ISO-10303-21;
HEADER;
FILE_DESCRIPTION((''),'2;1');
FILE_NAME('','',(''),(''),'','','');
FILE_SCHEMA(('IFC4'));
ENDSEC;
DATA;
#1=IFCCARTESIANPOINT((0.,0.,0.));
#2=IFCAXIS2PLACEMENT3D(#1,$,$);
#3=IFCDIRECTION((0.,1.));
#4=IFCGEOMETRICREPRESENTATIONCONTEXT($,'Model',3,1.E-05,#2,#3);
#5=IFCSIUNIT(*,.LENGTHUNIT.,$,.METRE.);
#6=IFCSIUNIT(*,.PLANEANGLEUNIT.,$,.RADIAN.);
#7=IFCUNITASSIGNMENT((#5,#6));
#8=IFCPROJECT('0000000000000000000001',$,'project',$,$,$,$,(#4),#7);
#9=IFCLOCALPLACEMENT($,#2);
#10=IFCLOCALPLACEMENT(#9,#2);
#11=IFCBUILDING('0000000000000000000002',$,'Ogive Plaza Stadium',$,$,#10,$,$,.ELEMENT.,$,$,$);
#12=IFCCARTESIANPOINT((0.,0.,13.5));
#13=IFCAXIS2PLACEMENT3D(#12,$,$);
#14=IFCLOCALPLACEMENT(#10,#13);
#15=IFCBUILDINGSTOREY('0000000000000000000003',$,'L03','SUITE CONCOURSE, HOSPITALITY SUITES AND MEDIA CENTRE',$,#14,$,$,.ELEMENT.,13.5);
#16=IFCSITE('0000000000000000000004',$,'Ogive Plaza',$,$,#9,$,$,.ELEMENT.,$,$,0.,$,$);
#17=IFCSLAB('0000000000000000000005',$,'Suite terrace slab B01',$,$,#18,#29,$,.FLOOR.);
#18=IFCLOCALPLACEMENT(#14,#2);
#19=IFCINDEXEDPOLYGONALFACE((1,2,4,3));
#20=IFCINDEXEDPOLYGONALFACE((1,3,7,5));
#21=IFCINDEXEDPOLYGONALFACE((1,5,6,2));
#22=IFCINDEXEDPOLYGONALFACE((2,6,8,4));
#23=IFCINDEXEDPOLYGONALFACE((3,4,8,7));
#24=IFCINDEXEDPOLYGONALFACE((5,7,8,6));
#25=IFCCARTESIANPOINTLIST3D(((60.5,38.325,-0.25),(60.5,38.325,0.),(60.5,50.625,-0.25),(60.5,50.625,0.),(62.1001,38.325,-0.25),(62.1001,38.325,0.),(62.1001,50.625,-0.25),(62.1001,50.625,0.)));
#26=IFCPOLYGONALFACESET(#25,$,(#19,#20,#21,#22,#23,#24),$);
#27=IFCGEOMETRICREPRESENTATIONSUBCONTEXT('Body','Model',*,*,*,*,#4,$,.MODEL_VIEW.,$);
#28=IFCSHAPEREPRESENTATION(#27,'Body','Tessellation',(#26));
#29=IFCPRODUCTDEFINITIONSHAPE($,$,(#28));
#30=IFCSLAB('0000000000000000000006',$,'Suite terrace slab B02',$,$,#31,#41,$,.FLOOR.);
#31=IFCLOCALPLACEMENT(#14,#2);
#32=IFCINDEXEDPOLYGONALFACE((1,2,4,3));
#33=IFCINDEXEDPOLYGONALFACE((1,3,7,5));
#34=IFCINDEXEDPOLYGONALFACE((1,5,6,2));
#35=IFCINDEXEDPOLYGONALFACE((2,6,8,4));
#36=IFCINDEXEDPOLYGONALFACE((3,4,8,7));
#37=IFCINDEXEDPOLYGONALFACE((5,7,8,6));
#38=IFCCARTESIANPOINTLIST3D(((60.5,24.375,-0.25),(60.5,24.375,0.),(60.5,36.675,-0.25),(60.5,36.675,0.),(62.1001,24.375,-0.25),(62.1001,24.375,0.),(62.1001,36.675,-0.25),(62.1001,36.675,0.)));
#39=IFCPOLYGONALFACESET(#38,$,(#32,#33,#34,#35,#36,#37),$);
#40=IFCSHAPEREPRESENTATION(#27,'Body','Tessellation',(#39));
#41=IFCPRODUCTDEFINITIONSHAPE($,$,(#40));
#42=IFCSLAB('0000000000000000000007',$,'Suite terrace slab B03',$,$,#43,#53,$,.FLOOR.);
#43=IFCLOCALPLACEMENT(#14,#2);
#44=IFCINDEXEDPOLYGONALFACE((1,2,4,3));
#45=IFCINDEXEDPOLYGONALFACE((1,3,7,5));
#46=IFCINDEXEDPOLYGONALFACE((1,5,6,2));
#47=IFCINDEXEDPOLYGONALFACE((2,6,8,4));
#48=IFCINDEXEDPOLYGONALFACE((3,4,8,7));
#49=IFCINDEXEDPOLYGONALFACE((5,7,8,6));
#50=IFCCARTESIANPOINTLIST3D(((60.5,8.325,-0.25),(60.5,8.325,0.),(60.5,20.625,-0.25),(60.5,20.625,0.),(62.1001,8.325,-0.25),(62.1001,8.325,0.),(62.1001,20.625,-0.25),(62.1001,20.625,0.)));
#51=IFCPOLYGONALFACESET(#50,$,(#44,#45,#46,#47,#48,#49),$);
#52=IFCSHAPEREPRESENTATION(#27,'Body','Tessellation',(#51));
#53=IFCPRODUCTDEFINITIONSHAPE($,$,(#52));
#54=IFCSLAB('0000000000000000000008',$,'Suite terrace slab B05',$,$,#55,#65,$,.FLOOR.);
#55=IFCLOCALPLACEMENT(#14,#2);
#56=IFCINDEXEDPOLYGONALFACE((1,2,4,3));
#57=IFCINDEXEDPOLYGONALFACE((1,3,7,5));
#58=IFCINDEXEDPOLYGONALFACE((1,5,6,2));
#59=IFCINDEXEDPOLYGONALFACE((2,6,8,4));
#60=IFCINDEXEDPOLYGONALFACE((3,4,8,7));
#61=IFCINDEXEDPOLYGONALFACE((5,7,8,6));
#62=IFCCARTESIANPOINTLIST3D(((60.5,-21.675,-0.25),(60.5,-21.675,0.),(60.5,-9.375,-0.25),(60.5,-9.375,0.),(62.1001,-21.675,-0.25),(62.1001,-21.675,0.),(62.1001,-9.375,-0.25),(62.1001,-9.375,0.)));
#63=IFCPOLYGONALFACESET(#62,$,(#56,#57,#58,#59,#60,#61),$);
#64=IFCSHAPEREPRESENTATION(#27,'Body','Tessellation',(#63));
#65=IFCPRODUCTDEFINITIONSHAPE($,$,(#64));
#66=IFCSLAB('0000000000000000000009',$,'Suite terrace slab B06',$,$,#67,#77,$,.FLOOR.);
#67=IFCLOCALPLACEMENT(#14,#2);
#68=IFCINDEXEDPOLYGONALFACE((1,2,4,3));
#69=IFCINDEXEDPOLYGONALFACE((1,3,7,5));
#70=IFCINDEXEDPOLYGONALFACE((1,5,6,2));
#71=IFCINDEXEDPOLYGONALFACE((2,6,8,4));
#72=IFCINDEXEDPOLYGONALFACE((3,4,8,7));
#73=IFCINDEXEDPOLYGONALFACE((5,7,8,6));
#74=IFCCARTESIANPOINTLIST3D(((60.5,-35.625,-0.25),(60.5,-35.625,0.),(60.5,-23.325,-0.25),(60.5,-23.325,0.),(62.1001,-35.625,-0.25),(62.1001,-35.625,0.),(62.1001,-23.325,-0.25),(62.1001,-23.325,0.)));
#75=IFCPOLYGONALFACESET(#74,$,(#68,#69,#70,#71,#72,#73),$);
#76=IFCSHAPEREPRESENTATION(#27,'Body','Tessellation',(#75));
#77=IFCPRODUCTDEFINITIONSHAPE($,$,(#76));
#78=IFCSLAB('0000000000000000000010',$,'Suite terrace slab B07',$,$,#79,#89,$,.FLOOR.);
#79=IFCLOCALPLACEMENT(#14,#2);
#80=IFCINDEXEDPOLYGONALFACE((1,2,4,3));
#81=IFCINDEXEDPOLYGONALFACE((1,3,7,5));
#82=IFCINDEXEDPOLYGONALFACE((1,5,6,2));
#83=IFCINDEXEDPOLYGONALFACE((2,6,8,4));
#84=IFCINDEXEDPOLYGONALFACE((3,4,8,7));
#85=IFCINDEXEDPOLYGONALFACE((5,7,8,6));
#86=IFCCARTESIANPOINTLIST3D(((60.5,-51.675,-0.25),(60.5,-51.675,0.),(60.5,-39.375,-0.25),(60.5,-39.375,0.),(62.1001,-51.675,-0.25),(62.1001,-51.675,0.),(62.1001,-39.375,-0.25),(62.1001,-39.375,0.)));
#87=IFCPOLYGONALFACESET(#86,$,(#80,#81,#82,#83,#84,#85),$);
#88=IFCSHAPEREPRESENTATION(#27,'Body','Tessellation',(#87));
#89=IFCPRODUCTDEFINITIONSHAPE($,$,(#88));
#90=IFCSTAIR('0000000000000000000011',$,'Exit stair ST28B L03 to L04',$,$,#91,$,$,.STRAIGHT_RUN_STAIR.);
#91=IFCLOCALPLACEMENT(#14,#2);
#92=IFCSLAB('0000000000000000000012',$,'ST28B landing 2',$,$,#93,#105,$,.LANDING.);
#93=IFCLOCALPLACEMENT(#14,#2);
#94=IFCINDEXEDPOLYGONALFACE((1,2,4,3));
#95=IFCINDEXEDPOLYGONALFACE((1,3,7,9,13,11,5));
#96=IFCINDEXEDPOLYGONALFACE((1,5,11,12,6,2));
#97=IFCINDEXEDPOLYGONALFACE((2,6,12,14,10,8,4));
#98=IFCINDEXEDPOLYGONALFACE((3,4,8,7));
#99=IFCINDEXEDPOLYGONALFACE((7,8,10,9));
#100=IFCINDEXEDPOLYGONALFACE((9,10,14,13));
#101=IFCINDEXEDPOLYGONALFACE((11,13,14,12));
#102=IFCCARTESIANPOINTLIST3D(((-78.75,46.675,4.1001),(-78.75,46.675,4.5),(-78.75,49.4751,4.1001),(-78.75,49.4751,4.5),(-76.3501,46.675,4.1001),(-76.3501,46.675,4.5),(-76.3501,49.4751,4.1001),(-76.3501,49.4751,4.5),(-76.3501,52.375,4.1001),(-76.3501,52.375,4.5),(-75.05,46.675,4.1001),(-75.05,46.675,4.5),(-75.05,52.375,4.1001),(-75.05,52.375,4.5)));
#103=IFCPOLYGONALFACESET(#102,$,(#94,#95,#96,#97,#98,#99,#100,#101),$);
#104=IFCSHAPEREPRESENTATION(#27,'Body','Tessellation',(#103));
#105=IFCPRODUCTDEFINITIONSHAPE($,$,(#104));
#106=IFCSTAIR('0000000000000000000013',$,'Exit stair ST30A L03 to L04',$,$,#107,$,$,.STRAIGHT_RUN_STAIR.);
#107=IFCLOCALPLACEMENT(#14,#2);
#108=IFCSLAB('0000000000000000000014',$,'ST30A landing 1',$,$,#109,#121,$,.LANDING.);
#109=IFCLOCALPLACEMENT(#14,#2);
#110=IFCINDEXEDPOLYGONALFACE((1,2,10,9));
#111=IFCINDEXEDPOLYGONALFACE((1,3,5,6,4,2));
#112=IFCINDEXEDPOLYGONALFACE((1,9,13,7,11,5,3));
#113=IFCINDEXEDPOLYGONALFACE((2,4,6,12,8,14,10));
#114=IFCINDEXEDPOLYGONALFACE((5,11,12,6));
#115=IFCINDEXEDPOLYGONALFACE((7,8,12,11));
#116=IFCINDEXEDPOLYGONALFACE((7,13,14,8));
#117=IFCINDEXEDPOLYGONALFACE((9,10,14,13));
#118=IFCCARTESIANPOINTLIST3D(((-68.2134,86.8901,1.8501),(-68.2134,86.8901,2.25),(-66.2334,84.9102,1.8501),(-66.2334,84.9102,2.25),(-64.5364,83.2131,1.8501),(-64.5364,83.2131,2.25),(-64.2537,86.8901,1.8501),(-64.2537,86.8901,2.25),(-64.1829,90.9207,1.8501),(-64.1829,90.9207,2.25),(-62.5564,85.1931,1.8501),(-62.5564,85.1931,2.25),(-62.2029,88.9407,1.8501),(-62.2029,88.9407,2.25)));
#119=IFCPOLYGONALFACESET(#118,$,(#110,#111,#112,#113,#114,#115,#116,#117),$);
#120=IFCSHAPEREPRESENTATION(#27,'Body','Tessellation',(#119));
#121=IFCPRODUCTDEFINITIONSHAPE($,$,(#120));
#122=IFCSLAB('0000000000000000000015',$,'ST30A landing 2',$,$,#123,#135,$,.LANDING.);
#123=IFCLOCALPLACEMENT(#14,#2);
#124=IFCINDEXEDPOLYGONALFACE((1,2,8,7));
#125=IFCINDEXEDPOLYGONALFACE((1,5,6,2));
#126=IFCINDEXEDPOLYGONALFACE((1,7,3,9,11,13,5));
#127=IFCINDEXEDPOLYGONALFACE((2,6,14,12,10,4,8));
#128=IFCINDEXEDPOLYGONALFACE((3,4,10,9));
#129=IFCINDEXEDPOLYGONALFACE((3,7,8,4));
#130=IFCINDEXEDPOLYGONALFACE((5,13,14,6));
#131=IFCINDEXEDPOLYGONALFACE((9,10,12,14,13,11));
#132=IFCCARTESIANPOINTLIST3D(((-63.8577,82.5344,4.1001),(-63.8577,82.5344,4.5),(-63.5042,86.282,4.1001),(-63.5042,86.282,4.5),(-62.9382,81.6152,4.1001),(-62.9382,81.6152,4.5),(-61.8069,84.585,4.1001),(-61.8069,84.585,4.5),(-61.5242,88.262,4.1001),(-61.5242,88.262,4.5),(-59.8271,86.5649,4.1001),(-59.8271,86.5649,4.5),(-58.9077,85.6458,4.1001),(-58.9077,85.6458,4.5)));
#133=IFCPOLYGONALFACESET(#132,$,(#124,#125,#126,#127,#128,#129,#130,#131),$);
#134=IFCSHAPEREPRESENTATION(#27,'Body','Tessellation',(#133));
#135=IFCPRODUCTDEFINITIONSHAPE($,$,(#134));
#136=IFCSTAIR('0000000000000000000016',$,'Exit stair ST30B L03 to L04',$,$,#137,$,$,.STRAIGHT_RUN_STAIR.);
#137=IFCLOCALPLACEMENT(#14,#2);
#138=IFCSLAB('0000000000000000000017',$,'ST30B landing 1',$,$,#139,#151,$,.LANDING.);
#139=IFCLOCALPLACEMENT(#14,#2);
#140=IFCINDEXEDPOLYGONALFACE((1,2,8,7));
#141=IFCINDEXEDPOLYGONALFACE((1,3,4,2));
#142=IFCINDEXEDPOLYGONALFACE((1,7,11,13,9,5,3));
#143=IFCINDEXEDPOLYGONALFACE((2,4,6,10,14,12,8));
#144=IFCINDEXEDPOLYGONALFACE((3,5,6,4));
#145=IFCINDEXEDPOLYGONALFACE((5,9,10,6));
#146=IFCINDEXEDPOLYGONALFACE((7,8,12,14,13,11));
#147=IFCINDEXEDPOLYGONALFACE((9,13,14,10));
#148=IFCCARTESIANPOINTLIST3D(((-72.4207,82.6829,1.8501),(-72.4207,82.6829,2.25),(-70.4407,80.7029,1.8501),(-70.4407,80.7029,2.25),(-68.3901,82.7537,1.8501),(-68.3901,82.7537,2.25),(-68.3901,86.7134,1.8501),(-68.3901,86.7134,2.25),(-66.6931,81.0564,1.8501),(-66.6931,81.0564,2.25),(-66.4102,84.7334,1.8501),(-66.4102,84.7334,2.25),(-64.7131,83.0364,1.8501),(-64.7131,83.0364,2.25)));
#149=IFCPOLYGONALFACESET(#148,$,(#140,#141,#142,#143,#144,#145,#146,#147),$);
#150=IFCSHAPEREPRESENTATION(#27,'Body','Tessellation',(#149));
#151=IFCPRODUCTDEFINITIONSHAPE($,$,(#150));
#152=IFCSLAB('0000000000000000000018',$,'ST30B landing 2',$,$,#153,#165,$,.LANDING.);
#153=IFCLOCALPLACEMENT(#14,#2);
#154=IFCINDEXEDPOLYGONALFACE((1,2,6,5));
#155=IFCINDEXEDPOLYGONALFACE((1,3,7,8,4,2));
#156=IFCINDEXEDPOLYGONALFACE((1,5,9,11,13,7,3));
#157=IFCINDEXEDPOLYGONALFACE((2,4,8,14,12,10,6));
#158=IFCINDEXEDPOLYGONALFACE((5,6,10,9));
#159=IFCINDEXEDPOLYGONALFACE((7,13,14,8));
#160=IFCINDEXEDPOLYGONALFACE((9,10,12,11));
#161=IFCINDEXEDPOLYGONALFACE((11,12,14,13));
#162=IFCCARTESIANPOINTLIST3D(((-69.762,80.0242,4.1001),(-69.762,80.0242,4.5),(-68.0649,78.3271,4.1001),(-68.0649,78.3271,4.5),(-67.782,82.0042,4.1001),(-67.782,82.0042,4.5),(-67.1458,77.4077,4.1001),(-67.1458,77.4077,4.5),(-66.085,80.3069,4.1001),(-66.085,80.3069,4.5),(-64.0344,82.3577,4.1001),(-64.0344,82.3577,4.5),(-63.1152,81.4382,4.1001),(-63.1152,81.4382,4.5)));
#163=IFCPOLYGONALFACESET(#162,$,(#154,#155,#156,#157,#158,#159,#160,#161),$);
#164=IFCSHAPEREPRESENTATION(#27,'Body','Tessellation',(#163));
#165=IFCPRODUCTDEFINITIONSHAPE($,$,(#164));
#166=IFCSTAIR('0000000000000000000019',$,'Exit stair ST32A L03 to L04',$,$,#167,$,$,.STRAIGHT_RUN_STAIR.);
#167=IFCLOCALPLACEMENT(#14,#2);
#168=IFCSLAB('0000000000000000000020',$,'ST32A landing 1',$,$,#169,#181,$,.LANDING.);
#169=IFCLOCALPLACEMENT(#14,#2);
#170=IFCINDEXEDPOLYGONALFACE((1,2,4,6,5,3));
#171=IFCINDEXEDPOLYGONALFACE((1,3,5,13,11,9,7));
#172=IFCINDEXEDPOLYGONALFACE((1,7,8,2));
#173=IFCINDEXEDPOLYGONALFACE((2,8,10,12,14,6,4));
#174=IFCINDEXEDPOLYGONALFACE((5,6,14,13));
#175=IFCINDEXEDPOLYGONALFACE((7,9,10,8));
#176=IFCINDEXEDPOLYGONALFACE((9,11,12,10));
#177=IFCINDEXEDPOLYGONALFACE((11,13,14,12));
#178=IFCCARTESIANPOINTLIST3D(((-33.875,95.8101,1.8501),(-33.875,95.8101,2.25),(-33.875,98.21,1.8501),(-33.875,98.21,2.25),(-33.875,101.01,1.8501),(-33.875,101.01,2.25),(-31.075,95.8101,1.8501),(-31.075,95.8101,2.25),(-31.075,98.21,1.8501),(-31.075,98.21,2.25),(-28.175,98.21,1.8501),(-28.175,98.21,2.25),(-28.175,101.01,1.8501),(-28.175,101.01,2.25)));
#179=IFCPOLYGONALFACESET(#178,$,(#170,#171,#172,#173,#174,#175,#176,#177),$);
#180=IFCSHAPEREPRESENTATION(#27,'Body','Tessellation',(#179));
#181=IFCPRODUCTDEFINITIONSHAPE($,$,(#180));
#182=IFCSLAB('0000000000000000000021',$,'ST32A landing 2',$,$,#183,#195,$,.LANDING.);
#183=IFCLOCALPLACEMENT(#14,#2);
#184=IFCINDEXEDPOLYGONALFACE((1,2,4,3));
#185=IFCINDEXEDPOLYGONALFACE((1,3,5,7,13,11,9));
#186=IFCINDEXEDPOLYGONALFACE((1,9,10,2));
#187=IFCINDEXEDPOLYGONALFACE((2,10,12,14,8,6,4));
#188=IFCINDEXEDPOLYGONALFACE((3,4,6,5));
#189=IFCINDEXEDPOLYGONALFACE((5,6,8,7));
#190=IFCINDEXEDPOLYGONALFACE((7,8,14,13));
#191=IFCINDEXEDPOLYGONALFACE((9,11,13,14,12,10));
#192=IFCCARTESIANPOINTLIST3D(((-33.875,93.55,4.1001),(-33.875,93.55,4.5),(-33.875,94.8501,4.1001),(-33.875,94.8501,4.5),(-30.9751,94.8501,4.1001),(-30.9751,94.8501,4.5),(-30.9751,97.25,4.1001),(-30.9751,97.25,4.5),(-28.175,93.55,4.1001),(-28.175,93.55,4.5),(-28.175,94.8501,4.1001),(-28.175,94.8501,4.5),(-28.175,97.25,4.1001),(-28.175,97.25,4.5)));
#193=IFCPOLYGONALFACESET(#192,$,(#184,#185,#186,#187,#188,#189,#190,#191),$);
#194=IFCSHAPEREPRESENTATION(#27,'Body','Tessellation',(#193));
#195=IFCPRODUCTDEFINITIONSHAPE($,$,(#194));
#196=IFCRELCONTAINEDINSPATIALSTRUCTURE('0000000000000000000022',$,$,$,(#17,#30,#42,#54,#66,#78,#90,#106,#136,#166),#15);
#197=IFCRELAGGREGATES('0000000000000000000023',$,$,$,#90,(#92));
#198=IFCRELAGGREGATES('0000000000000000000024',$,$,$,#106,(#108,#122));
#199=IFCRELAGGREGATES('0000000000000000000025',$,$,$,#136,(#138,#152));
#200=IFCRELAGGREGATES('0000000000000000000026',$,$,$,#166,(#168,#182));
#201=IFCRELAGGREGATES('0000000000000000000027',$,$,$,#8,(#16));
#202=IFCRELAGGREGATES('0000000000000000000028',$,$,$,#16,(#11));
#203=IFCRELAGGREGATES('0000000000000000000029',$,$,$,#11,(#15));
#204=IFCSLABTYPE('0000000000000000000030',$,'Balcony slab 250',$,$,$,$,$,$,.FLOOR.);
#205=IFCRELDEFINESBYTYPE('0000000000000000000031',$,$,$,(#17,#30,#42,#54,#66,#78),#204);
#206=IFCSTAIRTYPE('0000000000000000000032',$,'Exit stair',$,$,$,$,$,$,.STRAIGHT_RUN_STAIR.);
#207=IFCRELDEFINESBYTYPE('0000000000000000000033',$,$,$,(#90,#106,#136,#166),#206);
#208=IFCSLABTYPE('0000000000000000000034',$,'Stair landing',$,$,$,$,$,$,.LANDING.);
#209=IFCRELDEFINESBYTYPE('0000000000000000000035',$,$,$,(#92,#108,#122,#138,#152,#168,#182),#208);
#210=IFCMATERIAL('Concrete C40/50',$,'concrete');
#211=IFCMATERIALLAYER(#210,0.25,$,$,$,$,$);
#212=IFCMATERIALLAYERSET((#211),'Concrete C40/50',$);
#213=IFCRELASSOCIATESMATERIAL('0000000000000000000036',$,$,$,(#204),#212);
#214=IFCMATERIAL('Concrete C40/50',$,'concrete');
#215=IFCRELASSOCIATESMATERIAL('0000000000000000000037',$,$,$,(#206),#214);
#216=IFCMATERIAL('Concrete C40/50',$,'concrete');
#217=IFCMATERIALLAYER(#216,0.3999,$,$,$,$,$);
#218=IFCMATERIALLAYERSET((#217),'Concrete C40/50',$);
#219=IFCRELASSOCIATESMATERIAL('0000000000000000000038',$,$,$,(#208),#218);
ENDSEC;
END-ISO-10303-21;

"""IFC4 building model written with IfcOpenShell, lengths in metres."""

from ifc_helpers import new_model, si_unit, direction, frame, origin, place, context, subcontext, project, spatial, polyline, outline, extrude, material, layer, layer_set, type_object, element, aggregate, save


model = new_model("IFC4")

# Units and contexts
model_context = context("Model", 3, precision=1e-05, world=origin(), true_north=direction((0.0, 1.0)))
body_context = subcontext(model_context, "Body", "Model", "MODEL_VIEW")
ifc_project = project(units=[si_unit("LENGTHUNIT", "METRE"), si_unit("PLANEANGLEUNIT", "RADIAN")], contexts=[model_context])

# Site, building, storey
site_placement = place(None, origin())
site = spatial("IfcSite", under=ifc_project, at=site_placement, Name="Ogive Plaza", CompositionType="ELEMENT", RefElevation=0.0)
building_placement = place(site_placement, origin())
building = spatial("IfcBuilding", under=site, at=building_placement, Name="Ogive Plaza Stadium", CompositionType="ELEMENT")
storey_placement = place(building_placement, frame((0.0, 0.0, 13.5)))
storey = spatial("IfcBuildingStorey", under=building, at=storey_placement, Name="L03", Description="SUITE CONCOURSE, HOSPITALITY SUITES AND MEDIA CENTRE", CompositionType="ELEMENT", Elevation=13.5)

# Slabs
ifc_material_1 = material(Name="Concrete C40/50", Category="concrete")
ifc_layer_1 = layer(ifc_material_1, 0.25)
ifc_layer_set_1 = layer_set([ifc_layer_1], Name="Concrete C40/50")
slab_type_1 = type_object("IfcSlabType", Name="Balcony slab 250", PredefinedType="FLOOR", material=ifc_layer_set_1)
slab_1_placement = place(storey_placement, frame((0.0, 0.0, -0.25)))
element("IfcSlab", 1, at=slab_1_placement, inside=storey, type_object=slab_type_1, Name="Suite terrace slab B01", PredefinedType="FLOOR", context=body_context, shape_type="SweptSolid", body=[
    extrude(outline(polyline([(60.5, 38.325), (62.1001, 38.325), (62.1001, 50.625), (60.5, 50.625), (60.5, 38.325)])), origin(), (0.0, 0.0, 1.0), 0.25),
])
slab_2_placement = place(storey_placement, frame((0.0, 0.0, -0.25)))
element("IfcSlab", 2, at=slab_2_placement, inside=storey, type_object=slab_type_1, Name="Suite terrace slab B02", PredefinedType="FLOOR", context=body_context, shape_type="SweptSolid", body=[
    extrude(outline(polyline([(60.5, 24.375), (62.1001, 24.375), (62.1001, 36.675), (60.5, 36.675), (60.5, 24.375)])), origin(), (0.0, 0.0, 1.0), 0.25),
])
slab_3_placement = place(storey_placement, frame((0.0, 0.0, -0.25)))
element("IfcSlab", 3, at=slab_3_placement, inside=storey, type_object=slab_type_1, Name="Suite terrace slab B03", PredefinedType="FLOOR", context=body_context, shape_type="SweptSolid", body=[
    extrude(outline(polyline([(60.5, 8.325), (62.1001, 8.325), (62.1001, 20.625), (60.5, 20.625), (60.5, 8.325)])), origin(), (0.0, 0.0, 1.0), 0.25),
])
slab_4_placement = place(storey_placement, frame((0.0, 0.0, -0.25)))
element("IfcSlab", 4, at=slab_4_placement, inside=storey, type_object=slab_type_1, Name="Suite terrace slab B05", PredefinedType="FLOOR", context=body_context, shape_type="SweptSolid", body=[
    extrude(outline(polyline([(60.5, -21.675), (62.1001, -21.675), (62.1001, -9.375), (60.5, -9.375), (60.5, -21.675)])), origin(), (0.0, 0.0, 1.0), 0.25),
])
slab_5_placement = place(storey_placement, frame((0.0, 0.0, -0.25)))
element("IfcSlab", 5, at=slab_5_placement, inside=storey, type_object=slab_type_1, Name="Suite terrace slab B06", PredefinedType="FLOOR", context=body_context, shape_type="SweptSolid", body=[
    extrude(outline(polyline([(60.5, -35.625), (62.1001, -35.625), (62.1001, -23.325), (60.5, -23.325), (60.5, -35.625)])), origin(), (0.0, 0.0, 1.0), 0.25),
])
slab_6_placement = place(storey_placement, frame((0.0, 0.0, -0.25)))
element("IfcSlab", 6, at=slab_6_placement, inside=storey, type_object=slab_type_1, Name="Suite terrace slab B07", PredefinedType="FLOOR", context=body_context, shape_type="SweptSolid", body=[
    extrude(outline(polyline([(60.5, -51.675), (62.1001, -51.675), (62.1001, -39.375), (60.5, -39.375), (60.5, -51.675)])), origin(), (0.0, 0.0, 1.0), 0.25),
])

# Stair, slab
ifc_material_2 = material(Name="Concrete C40/50", Category="concrete")
stair_type = type_object("IfcStairType", Name="Exit stair", PredefinedType="STRAIGHT_RUN_STAIR", material=ifc_material_2)
stair_1_placement = place(storey_placement, origin())
stair_1 = element("IfcStair", 7, at=stair_1_placement, inside=storey, type_object=stair_type, Name="Exit stair ST28B L03 to L04", PredefinedType="STRAIGHT_RUN_STAIR")
ifc_material_3 = material(Name="Concrete C40/50", Category="concrete")
ifc_layer_2 = layer(ifc_material_3, 0.3999)
ifc_layer_set_2 = layer_set([ifc_layer_2], Name="Concrete C40/50")
slab_type_2 = type_object("IfcSlabType", Name="Stair landing", PredefinedType="LANDING", material=ifc_layer_set_2)
slab_7_placement = place(storey_placement, frame((0.0, 0.0, 4.1001)))
slab_7 = element("IfcSlab", 8, at=slab_7_placement, type_object=slab_type_2, Name="ST28B landing 2", PredefinedType="LANDING", context=body_context, shape_type="SweptSolid", body=[
    extrude(outline(polyline([(-76.3501, 52.375), (-75.05, 52.375), (-75.05, 46.675), (-76.3501, 46.675), (-78.75, 46.675), (-78.75, 49.4751), (-76.3501, 49.4751), (-76.3501, 52.375)])), origin(), (0.0, 0.0, 1.0), 0.3999),
])
aggregate(stair_1, [slab_7])

# Stairs, slabs
stair_2_placement = place(storey_placement, origin())
stair_2 = element("IfcStair", 9, at=stair_2_placement, inside=storey, type_object=stair_type, Name="Exit stair ST30A L03 to L04", PredefinedType="STRAIGHT_RUN_STAIR")
slab_8_placement = place(storey_placement, frame((0.0, 0.0, 1.8501)))
slab_8 = element("IfcSlab", 10, at=slab_8_placement, type_object=slab_type_2, Name="ST30A landing 1", PredefinedType="LANDING", context=body_context, shape_type="SweptSolid", body=[
    extrude(outline(polyline([(-68.2134, 86.8901), (-64.1829, 90.9207), (-62.2029, 88.9407), (-64.2537, 86.8901), (-62.5564, 85.1931), (-64.5364, 83.2131), (-66.2334, 84.9102), (-68.2134, 86.8901)])), origin(), (0.0, 0.0, 1.0), 0.3999),
])
slab_9_placement = place(storey_placement, frame((0.0, 0.0, 4.1001)))
slab_9 = element("IfcSlab", 11, at=slab_9_placement, type_object=slab_type_2, Name="ST30A landing 2", PredefinedType="LANDING", context=body_context, shape_type="SweptSolid", body=[
    extrude(outline(polyline([(-63.5042, 86.282), (-61.5242, 88.262), (-59.8271, 86.5649), (-58.9077, 85.6458), (-62.9382, 81.6152), (-63.8577, 82.5344), (-61.8069, 84.585), (-63.5042, 86.282)])), origin(), (0.0, 0.0, 1.0), 0.3999),
])
aggregate(stair_2, [slab_8, slab_9])
stair_3_placement = place(storey_placement, origin())
stair_3 = element("IfcStair", 12, at=stair_3_placement, inside=storey, type_object=stair_type, Name="Exit stair ST30B L03 to L04", PredefinedType="STRAIGHT_RUN_STAIR")
slab_10_placement = place(storey_placement, frame((0.0, 0.0, 1.8501)))
slab_10 = element("IfcSlab", 13, at=slab_10_placement, type_object=slab_type_2, Name="ST30B landing 1", PredefinedType="LANDING", context=body_context, shape_type="SweptSolid", body=[
    extrude(outline(polyline([(-64.7131, 83.0364), (-66.6931, 81.0564), (-68.3901, 82.7537), (-70.4407, 80.7029), (-72.4207, 82.6829), (-68.3901, 86.7134), (-66.4102, 84.7334), (-64.7131, 83.0364)])), origin(), (0.0, 0.0, 1.0), 0.3999),
])
slab_11_placement = place(storey_placement, frame((0.0, 0.0, 4.1001)))
slab_11 = element("IfcSlab", 14, at=slab_11_placement, type_object=slab_type_2, Name="ST30B landing 2", PredefinedType="LANDING", context=body_context, shape_type="SweptSolid", body=[
    extrude(outline(polyline([(-64.0344, 82.3577), (-63.1152, 81.4382), (-67.1458, 77.4077), (-68.0649, 78.3271), (-69.762, 80.0242), (-67.782, 82.0042), (-66.085, 80.3069), (-64.0344, 82.3577)])), origin(), (0.0, 0.0, 1.0), 0.3999),
])
aggregate(stair_3, [slab_10, slab_11])
stair_4_placement = place(storey_placement, origin())
stair_4 = element("IfcStair", 15, at=stair_4_placement, inside=storey, type_object=stair_type, Name="Exit stair ST32A L03 to L04", PredefinedType="STRAIGHT_RUN_STAIR")
slab_12_placement = place(storey_placement, frame((0.0, 0.0, 1.8501)))
slab_12 = element("IfcSlab", 16, at=slab_12_placement, type_object=slab_type_2, Name="ST32A landing 1", PredefinedType="LANDING", context=body_context, shape_type="SweptSolid", body=[
    extrude(outline(polyline([(-33.875, 101.01), (-28.175, 101.01), (-28.175, 98.21), (-31.075, 98.21), (-31.075, 95.8101), (-33.875, 95.8101), (-33.875, 98.21), (-33.875, 101.01)])), origin(), (0.0, 0.0, 1.0), 0.3999),
])
slab_13_placement = place(storey_placement, frame((0.0, 0.0, 4.1001)))
slab_13 = element("IfcSlab", 17, at=slab_13_placement, type_object=slab_type_2, Name="ST32A landing 2", PredefinedType="LANDING", context=body_context, shape_type="SweptSolid", body=[
    extrude(outline(polyline([(-30.9751, 97.25), (-28.175, 97.25), (-28.175, 94.8501), (-28.175, 93.55), (-33.875, 93.55), (-33.875, 94.8501), (-30.9751, 94.8501), (-30.9751, 97.25)])), origin(), (0.0, 0.0, 1.0), 0.3999),
])
aggregate(stair_4, [slab_12, slab_13])

save(model, "model.ifc")
